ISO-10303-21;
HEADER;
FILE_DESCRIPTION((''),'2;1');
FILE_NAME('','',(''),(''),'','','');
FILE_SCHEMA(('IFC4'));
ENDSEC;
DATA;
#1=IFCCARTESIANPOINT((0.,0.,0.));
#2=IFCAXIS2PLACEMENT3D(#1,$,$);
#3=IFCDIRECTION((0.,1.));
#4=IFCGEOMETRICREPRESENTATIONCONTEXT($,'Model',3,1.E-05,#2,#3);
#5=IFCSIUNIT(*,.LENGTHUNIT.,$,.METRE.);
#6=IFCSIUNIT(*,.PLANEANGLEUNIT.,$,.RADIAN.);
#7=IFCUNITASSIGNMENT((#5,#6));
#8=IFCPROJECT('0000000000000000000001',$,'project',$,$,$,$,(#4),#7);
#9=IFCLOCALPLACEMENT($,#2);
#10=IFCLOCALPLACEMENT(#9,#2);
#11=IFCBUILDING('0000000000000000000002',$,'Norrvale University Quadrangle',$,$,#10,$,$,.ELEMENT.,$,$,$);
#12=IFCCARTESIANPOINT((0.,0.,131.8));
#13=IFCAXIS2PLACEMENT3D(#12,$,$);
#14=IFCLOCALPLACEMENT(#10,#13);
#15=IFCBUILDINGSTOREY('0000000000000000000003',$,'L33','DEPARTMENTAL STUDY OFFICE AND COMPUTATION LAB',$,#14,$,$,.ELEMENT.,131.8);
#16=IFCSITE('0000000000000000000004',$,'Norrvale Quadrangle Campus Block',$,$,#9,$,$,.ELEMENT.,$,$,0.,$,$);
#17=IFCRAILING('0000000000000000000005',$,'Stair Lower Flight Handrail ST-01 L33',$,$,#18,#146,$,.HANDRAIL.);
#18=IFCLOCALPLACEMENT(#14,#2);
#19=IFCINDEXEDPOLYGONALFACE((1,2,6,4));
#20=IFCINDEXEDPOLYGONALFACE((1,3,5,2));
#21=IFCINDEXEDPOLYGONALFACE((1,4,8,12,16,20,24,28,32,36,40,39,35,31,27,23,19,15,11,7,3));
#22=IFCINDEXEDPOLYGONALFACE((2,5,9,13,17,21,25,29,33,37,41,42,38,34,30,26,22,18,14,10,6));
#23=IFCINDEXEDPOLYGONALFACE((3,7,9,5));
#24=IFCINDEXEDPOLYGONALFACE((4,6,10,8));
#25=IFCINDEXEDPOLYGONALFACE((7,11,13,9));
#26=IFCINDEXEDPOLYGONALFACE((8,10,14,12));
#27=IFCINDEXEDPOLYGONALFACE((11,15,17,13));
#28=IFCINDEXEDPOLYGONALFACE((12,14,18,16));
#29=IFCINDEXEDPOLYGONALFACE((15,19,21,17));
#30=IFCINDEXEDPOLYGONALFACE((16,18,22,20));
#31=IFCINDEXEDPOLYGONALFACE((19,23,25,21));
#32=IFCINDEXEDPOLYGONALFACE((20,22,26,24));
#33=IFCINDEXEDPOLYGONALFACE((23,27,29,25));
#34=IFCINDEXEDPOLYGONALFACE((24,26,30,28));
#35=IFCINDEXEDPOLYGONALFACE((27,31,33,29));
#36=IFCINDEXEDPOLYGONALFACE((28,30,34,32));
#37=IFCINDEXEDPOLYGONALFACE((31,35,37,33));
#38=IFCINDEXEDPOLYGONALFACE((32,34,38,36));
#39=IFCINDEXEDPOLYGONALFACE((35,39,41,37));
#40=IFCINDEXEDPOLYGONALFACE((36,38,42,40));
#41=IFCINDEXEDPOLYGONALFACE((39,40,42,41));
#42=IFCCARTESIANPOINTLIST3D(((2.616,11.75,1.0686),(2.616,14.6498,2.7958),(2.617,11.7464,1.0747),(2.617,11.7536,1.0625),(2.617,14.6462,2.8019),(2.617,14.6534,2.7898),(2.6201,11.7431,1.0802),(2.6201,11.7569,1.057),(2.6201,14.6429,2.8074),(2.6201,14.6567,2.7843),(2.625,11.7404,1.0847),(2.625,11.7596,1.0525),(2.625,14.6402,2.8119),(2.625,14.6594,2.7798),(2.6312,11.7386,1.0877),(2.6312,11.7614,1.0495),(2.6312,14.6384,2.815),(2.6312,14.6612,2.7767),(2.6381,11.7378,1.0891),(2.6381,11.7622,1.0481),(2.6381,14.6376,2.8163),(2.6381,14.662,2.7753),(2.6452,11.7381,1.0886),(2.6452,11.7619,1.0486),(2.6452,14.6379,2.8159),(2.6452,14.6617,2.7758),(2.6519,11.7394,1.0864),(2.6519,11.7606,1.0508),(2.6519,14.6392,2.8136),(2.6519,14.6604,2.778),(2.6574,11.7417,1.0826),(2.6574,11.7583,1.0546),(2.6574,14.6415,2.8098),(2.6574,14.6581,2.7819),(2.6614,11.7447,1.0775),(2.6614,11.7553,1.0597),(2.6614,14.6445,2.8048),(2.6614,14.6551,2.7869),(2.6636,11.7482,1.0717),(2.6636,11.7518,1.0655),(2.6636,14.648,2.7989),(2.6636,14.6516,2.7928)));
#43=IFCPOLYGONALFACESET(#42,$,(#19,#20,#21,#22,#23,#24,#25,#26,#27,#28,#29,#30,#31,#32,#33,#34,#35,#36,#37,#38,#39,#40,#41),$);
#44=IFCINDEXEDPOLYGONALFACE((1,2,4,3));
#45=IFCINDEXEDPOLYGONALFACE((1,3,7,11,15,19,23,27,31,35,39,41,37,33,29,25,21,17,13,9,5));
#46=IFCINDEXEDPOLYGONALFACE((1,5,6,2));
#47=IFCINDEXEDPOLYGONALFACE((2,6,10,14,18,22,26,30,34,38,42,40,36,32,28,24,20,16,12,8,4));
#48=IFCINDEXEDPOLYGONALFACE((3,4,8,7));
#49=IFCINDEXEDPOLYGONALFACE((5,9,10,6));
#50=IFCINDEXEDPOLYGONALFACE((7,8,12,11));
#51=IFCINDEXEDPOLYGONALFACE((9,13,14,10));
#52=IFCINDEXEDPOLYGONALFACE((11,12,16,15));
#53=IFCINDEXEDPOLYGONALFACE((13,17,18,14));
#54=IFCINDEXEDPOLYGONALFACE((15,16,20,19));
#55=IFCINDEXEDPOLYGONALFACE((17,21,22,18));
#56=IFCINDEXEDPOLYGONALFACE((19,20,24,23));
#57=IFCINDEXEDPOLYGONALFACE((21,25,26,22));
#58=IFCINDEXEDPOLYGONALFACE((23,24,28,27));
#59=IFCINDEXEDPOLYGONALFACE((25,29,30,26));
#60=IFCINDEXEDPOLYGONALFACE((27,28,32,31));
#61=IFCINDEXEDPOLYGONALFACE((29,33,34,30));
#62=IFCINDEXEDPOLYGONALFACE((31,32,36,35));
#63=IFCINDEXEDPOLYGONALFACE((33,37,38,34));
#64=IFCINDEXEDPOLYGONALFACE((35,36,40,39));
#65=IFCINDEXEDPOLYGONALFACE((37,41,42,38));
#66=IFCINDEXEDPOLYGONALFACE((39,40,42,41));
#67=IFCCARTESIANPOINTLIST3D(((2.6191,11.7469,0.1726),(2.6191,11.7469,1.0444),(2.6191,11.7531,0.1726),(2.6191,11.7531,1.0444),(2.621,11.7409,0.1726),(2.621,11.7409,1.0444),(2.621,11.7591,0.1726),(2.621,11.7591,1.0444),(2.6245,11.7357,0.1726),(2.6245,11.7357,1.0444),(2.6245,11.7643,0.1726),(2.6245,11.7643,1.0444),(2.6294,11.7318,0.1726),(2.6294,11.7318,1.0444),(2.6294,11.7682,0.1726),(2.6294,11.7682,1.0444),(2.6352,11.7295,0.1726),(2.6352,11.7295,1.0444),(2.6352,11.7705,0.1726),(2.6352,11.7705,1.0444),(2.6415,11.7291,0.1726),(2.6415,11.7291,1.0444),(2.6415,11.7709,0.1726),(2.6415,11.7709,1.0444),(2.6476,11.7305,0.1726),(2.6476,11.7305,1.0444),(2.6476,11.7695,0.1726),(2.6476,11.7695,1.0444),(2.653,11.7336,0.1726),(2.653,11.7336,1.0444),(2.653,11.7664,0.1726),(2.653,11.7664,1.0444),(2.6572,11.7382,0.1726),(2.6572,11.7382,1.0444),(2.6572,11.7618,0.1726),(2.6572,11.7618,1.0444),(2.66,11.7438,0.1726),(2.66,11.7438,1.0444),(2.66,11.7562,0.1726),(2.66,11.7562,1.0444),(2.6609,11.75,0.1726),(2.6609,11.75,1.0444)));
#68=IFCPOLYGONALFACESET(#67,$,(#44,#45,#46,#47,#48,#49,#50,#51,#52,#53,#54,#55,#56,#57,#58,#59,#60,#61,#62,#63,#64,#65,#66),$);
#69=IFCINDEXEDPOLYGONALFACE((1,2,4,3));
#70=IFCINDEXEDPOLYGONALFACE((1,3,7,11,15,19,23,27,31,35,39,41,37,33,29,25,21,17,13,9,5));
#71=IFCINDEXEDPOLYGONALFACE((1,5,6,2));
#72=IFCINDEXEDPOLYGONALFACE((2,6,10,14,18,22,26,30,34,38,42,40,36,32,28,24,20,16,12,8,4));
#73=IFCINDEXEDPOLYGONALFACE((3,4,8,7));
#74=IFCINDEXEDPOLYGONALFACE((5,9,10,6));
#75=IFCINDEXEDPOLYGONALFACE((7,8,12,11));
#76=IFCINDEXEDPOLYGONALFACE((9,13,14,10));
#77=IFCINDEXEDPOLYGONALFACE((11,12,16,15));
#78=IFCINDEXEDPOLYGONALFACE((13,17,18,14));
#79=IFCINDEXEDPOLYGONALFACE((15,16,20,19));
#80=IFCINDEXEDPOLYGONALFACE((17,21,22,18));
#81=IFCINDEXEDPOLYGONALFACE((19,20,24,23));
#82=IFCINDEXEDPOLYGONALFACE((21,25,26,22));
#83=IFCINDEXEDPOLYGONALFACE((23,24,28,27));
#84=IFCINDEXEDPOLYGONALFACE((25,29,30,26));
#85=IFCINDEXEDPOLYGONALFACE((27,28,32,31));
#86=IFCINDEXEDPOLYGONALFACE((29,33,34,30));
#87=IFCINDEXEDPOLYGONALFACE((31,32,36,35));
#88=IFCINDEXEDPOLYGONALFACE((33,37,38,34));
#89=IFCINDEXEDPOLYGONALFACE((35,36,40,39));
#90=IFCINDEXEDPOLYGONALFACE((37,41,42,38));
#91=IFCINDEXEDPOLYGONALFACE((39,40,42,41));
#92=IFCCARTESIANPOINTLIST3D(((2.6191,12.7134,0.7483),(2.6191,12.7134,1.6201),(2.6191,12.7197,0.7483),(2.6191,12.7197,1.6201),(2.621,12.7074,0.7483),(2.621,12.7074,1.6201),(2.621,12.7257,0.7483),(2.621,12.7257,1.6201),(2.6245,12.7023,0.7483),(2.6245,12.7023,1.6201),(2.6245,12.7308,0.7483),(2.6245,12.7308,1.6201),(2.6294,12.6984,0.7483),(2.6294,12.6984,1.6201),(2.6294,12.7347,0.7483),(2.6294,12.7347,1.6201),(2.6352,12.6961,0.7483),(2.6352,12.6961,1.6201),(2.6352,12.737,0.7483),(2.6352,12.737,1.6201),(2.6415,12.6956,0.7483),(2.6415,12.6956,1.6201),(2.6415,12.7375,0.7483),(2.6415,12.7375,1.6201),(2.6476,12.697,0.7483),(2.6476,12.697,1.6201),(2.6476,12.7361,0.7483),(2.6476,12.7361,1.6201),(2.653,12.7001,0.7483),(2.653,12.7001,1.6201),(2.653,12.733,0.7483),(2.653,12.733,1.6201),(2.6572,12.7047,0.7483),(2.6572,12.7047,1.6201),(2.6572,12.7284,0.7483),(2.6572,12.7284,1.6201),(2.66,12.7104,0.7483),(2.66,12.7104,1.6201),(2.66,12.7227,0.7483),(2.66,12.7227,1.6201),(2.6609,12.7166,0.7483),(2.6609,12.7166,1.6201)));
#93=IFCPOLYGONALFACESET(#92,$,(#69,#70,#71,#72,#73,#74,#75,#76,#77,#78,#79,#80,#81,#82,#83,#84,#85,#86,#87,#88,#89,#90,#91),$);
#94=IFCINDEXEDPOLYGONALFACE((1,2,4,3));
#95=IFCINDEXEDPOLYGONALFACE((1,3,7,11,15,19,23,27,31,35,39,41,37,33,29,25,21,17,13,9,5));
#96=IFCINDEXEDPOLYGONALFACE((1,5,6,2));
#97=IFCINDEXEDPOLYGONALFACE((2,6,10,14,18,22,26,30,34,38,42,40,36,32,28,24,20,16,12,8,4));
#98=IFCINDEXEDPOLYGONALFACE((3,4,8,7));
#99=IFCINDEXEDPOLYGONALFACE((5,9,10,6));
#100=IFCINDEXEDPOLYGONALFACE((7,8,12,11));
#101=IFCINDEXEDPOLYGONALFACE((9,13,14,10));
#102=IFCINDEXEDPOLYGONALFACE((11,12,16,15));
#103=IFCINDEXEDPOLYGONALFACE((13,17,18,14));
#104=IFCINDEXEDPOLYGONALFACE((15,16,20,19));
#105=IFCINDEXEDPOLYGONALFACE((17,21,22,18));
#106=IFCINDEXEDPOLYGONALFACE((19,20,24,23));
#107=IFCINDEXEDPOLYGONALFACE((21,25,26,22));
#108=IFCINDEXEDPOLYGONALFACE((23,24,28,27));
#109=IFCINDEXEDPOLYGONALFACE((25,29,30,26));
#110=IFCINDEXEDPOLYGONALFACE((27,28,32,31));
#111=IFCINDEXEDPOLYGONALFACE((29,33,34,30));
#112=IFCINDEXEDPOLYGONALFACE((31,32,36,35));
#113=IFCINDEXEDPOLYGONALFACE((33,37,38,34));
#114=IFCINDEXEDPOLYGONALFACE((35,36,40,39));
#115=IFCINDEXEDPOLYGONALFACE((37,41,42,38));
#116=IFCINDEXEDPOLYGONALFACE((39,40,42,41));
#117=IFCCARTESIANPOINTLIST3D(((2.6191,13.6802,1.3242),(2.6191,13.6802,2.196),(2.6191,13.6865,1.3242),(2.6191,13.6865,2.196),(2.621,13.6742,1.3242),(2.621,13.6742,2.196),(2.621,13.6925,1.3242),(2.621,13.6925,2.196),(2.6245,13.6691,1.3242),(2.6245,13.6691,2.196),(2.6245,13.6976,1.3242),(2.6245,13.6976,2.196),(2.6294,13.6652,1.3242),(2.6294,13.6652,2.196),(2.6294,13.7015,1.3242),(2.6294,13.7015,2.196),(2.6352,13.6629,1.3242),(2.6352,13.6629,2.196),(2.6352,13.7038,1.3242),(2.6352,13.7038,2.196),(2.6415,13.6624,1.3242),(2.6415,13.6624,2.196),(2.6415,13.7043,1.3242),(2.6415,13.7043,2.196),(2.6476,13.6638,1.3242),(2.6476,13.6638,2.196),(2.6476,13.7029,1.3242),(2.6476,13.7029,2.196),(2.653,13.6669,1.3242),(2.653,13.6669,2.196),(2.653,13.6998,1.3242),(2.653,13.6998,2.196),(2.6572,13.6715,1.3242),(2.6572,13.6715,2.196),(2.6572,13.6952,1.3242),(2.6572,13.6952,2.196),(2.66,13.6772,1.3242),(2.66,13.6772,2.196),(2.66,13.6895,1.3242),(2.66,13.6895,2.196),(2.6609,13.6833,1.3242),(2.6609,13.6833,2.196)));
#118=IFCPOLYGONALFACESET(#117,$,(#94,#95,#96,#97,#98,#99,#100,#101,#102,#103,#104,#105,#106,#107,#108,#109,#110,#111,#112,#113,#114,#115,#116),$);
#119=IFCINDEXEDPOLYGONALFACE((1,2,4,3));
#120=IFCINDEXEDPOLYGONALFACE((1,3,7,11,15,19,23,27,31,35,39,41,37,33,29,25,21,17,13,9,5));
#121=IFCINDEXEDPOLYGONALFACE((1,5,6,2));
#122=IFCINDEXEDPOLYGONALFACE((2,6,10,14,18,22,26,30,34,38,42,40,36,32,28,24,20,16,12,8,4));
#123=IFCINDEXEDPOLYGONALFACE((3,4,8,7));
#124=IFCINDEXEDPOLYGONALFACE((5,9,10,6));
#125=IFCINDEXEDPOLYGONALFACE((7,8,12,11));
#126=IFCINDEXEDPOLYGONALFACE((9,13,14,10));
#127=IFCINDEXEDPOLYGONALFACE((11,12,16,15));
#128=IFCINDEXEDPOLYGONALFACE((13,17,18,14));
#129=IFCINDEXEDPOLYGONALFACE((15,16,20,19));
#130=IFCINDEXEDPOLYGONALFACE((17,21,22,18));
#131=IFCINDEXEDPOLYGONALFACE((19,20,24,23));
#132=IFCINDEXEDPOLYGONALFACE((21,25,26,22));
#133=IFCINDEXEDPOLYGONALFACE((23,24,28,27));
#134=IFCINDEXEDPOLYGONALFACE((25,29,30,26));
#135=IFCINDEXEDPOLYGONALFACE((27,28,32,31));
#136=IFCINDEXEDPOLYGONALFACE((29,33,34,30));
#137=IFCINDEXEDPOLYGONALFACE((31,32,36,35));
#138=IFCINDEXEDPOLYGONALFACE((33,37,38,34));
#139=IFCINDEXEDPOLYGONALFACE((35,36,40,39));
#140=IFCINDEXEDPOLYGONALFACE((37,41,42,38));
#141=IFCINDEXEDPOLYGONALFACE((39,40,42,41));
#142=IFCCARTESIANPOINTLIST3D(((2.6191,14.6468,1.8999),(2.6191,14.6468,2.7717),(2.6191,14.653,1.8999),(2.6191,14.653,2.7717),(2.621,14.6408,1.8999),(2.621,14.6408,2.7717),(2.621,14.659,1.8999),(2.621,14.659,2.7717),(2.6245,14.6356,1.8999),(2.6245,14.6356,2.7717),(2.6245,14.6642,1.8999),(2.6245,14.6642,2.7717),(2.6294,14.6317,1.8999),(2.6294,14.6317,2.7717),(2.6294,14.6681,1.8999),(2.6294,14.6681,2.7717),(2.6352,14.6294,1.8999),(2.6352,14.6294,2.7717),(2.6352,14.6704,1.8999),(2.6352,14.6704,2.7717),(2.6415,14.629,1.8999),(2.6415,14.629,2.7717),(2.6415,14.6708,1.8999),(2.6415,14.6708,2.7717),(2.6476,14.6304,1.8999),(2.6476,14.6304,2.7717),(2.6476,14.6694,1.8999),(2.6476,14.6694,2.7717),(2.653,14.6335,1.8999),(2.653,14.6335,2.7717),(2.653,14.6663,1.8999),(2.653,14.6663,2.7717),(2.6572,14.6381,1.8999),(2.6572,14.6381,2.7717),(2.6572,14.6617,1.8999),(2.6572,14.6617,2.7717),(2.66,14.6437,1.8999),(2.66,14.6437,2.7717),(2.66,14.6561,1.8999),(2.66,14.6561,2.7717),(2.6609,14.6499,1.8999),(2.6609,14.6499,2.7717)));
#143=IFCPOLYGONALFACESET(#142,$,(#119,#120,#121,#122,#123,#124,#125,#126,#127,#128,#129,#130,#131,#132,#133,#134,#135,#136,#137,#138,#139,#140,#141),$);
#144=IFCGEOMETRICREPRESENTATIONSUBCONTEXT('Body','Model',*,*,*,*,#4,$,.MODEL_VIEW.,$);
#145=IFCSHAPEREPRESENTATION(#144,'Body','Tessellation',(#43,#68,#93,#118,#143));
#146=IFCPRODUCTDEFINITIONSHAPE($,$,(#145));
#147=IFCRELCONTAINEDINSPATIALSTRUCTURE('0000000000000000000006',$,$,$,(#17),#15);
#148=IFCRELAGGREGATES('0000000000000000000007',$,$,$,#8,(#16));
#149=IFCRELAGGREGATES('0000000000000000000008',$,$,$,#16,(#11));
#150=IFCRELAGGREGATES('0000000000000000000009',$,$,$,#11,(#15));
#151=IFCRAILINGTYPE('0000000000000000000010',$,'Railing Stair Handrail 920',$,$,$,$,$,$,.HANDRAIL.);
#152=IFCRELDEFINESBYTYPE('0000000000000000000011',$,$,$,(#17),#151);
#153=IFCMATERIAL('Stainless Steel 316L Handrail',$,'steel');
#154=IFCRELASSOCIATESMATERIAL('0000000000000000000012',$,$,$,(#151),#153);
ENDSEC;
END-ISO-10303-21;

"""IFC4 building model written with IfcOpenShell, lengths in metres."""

from ifc_helpers import new_model, si_unit, direction, frame, origin, origin_2d, place, context, subcontext, project, spatial, circle, extrude, material, type_object, element, save


model = new_model("IFC4")

# Units and contexts
model_context = context("Model", 3, precision=1e-05, world=origin(), true_north=direction((0.0, 1.0)))
body_context = subcontext(model_context, "Body", "Model", "MODEL_VIEW")
ifc_project = project(units=[si_unit("LENGTHUNIT", "METRE"), si_unit("PLANEANGLEUNIT", "RADIAN")], contexts=[model_context])

# Site, building, storey
site_placement = place(None, origin())
site = spatial("IfcSite", under=ifc_project, at=site_placement, Name="Norrvale Quadrangle Campus Block", CompositionType="ELEMENT", RefElevation=0.0)
building_placement = place(site_placement, origin())
building = spatial("IfcBuilding", under=site, at=building_placement, Name="Norrvale University Quadrangle", CompositionType="ELEMENT")
storey_placement = place(building_placement, frame((0.0, 0.0, 131.8)))
storey = spatial("IfcBuildingStorey", under=building, at=storey_placement, Name="L33", Description="DEPARTMENTAL STUDY OFFICE AND COMPUTATION LAB", CompositionType="ELEMENT", Elevation=131.8)

# Railing
ifc_material_1 = material(Name="Stainless Steel 316L Handrail", Category="steel")
railing_type_1 = type_object("IfcRailingType", Name="Railing Stair Handrail 920", PredefinedType="HANDRAIL", material=ifc_material_1)
railing_placement = place(storey_placement, frame((2.6399, 11.75, 0.1726)))
element("IfcRailing", 1, at=railing_placement, inside=storey, type_object=railing_type_1, Name="Stair Lower Flight Handrail ST-01 L33", PredefinedType="HANDRAIL", context=body_context, shape_type="SweptSolid", body=[
    extrude(circle(Radius=0.0239, at=origin_2d()), frame((0.0, 0.0, 0.896), z_axis=(0.0, 0.859141, 0.511738), x_axis=(-1.0, 0.0, 0.0)), (0.0, 0.0, 1.0), 3.3752),
    extrude(circle(Radius=0.021, at=origin_2d()), origin(), (0.0, 0.0, 1.0), 0.8718),
    extrude(circle(Radius=0.021, at=origin_2d()), frame((0.0, 0.9666, 0.5757)), (0.0, 0.0, 1.0), 0.8718),
    extrude(circle(Radius=0.021, at=origin_2d()), frame((0.0, 1.9333, 1.1516)), (0.0, 0.0, 1.0), 0.8718),
    extrude(circle(Radius=0.021, at=origin_2d()), frame((0.0, 2.8999, 1.7273)), (0.0, 0.0, 1.0), 0.8718),
])

save(model, "model.ifc")
